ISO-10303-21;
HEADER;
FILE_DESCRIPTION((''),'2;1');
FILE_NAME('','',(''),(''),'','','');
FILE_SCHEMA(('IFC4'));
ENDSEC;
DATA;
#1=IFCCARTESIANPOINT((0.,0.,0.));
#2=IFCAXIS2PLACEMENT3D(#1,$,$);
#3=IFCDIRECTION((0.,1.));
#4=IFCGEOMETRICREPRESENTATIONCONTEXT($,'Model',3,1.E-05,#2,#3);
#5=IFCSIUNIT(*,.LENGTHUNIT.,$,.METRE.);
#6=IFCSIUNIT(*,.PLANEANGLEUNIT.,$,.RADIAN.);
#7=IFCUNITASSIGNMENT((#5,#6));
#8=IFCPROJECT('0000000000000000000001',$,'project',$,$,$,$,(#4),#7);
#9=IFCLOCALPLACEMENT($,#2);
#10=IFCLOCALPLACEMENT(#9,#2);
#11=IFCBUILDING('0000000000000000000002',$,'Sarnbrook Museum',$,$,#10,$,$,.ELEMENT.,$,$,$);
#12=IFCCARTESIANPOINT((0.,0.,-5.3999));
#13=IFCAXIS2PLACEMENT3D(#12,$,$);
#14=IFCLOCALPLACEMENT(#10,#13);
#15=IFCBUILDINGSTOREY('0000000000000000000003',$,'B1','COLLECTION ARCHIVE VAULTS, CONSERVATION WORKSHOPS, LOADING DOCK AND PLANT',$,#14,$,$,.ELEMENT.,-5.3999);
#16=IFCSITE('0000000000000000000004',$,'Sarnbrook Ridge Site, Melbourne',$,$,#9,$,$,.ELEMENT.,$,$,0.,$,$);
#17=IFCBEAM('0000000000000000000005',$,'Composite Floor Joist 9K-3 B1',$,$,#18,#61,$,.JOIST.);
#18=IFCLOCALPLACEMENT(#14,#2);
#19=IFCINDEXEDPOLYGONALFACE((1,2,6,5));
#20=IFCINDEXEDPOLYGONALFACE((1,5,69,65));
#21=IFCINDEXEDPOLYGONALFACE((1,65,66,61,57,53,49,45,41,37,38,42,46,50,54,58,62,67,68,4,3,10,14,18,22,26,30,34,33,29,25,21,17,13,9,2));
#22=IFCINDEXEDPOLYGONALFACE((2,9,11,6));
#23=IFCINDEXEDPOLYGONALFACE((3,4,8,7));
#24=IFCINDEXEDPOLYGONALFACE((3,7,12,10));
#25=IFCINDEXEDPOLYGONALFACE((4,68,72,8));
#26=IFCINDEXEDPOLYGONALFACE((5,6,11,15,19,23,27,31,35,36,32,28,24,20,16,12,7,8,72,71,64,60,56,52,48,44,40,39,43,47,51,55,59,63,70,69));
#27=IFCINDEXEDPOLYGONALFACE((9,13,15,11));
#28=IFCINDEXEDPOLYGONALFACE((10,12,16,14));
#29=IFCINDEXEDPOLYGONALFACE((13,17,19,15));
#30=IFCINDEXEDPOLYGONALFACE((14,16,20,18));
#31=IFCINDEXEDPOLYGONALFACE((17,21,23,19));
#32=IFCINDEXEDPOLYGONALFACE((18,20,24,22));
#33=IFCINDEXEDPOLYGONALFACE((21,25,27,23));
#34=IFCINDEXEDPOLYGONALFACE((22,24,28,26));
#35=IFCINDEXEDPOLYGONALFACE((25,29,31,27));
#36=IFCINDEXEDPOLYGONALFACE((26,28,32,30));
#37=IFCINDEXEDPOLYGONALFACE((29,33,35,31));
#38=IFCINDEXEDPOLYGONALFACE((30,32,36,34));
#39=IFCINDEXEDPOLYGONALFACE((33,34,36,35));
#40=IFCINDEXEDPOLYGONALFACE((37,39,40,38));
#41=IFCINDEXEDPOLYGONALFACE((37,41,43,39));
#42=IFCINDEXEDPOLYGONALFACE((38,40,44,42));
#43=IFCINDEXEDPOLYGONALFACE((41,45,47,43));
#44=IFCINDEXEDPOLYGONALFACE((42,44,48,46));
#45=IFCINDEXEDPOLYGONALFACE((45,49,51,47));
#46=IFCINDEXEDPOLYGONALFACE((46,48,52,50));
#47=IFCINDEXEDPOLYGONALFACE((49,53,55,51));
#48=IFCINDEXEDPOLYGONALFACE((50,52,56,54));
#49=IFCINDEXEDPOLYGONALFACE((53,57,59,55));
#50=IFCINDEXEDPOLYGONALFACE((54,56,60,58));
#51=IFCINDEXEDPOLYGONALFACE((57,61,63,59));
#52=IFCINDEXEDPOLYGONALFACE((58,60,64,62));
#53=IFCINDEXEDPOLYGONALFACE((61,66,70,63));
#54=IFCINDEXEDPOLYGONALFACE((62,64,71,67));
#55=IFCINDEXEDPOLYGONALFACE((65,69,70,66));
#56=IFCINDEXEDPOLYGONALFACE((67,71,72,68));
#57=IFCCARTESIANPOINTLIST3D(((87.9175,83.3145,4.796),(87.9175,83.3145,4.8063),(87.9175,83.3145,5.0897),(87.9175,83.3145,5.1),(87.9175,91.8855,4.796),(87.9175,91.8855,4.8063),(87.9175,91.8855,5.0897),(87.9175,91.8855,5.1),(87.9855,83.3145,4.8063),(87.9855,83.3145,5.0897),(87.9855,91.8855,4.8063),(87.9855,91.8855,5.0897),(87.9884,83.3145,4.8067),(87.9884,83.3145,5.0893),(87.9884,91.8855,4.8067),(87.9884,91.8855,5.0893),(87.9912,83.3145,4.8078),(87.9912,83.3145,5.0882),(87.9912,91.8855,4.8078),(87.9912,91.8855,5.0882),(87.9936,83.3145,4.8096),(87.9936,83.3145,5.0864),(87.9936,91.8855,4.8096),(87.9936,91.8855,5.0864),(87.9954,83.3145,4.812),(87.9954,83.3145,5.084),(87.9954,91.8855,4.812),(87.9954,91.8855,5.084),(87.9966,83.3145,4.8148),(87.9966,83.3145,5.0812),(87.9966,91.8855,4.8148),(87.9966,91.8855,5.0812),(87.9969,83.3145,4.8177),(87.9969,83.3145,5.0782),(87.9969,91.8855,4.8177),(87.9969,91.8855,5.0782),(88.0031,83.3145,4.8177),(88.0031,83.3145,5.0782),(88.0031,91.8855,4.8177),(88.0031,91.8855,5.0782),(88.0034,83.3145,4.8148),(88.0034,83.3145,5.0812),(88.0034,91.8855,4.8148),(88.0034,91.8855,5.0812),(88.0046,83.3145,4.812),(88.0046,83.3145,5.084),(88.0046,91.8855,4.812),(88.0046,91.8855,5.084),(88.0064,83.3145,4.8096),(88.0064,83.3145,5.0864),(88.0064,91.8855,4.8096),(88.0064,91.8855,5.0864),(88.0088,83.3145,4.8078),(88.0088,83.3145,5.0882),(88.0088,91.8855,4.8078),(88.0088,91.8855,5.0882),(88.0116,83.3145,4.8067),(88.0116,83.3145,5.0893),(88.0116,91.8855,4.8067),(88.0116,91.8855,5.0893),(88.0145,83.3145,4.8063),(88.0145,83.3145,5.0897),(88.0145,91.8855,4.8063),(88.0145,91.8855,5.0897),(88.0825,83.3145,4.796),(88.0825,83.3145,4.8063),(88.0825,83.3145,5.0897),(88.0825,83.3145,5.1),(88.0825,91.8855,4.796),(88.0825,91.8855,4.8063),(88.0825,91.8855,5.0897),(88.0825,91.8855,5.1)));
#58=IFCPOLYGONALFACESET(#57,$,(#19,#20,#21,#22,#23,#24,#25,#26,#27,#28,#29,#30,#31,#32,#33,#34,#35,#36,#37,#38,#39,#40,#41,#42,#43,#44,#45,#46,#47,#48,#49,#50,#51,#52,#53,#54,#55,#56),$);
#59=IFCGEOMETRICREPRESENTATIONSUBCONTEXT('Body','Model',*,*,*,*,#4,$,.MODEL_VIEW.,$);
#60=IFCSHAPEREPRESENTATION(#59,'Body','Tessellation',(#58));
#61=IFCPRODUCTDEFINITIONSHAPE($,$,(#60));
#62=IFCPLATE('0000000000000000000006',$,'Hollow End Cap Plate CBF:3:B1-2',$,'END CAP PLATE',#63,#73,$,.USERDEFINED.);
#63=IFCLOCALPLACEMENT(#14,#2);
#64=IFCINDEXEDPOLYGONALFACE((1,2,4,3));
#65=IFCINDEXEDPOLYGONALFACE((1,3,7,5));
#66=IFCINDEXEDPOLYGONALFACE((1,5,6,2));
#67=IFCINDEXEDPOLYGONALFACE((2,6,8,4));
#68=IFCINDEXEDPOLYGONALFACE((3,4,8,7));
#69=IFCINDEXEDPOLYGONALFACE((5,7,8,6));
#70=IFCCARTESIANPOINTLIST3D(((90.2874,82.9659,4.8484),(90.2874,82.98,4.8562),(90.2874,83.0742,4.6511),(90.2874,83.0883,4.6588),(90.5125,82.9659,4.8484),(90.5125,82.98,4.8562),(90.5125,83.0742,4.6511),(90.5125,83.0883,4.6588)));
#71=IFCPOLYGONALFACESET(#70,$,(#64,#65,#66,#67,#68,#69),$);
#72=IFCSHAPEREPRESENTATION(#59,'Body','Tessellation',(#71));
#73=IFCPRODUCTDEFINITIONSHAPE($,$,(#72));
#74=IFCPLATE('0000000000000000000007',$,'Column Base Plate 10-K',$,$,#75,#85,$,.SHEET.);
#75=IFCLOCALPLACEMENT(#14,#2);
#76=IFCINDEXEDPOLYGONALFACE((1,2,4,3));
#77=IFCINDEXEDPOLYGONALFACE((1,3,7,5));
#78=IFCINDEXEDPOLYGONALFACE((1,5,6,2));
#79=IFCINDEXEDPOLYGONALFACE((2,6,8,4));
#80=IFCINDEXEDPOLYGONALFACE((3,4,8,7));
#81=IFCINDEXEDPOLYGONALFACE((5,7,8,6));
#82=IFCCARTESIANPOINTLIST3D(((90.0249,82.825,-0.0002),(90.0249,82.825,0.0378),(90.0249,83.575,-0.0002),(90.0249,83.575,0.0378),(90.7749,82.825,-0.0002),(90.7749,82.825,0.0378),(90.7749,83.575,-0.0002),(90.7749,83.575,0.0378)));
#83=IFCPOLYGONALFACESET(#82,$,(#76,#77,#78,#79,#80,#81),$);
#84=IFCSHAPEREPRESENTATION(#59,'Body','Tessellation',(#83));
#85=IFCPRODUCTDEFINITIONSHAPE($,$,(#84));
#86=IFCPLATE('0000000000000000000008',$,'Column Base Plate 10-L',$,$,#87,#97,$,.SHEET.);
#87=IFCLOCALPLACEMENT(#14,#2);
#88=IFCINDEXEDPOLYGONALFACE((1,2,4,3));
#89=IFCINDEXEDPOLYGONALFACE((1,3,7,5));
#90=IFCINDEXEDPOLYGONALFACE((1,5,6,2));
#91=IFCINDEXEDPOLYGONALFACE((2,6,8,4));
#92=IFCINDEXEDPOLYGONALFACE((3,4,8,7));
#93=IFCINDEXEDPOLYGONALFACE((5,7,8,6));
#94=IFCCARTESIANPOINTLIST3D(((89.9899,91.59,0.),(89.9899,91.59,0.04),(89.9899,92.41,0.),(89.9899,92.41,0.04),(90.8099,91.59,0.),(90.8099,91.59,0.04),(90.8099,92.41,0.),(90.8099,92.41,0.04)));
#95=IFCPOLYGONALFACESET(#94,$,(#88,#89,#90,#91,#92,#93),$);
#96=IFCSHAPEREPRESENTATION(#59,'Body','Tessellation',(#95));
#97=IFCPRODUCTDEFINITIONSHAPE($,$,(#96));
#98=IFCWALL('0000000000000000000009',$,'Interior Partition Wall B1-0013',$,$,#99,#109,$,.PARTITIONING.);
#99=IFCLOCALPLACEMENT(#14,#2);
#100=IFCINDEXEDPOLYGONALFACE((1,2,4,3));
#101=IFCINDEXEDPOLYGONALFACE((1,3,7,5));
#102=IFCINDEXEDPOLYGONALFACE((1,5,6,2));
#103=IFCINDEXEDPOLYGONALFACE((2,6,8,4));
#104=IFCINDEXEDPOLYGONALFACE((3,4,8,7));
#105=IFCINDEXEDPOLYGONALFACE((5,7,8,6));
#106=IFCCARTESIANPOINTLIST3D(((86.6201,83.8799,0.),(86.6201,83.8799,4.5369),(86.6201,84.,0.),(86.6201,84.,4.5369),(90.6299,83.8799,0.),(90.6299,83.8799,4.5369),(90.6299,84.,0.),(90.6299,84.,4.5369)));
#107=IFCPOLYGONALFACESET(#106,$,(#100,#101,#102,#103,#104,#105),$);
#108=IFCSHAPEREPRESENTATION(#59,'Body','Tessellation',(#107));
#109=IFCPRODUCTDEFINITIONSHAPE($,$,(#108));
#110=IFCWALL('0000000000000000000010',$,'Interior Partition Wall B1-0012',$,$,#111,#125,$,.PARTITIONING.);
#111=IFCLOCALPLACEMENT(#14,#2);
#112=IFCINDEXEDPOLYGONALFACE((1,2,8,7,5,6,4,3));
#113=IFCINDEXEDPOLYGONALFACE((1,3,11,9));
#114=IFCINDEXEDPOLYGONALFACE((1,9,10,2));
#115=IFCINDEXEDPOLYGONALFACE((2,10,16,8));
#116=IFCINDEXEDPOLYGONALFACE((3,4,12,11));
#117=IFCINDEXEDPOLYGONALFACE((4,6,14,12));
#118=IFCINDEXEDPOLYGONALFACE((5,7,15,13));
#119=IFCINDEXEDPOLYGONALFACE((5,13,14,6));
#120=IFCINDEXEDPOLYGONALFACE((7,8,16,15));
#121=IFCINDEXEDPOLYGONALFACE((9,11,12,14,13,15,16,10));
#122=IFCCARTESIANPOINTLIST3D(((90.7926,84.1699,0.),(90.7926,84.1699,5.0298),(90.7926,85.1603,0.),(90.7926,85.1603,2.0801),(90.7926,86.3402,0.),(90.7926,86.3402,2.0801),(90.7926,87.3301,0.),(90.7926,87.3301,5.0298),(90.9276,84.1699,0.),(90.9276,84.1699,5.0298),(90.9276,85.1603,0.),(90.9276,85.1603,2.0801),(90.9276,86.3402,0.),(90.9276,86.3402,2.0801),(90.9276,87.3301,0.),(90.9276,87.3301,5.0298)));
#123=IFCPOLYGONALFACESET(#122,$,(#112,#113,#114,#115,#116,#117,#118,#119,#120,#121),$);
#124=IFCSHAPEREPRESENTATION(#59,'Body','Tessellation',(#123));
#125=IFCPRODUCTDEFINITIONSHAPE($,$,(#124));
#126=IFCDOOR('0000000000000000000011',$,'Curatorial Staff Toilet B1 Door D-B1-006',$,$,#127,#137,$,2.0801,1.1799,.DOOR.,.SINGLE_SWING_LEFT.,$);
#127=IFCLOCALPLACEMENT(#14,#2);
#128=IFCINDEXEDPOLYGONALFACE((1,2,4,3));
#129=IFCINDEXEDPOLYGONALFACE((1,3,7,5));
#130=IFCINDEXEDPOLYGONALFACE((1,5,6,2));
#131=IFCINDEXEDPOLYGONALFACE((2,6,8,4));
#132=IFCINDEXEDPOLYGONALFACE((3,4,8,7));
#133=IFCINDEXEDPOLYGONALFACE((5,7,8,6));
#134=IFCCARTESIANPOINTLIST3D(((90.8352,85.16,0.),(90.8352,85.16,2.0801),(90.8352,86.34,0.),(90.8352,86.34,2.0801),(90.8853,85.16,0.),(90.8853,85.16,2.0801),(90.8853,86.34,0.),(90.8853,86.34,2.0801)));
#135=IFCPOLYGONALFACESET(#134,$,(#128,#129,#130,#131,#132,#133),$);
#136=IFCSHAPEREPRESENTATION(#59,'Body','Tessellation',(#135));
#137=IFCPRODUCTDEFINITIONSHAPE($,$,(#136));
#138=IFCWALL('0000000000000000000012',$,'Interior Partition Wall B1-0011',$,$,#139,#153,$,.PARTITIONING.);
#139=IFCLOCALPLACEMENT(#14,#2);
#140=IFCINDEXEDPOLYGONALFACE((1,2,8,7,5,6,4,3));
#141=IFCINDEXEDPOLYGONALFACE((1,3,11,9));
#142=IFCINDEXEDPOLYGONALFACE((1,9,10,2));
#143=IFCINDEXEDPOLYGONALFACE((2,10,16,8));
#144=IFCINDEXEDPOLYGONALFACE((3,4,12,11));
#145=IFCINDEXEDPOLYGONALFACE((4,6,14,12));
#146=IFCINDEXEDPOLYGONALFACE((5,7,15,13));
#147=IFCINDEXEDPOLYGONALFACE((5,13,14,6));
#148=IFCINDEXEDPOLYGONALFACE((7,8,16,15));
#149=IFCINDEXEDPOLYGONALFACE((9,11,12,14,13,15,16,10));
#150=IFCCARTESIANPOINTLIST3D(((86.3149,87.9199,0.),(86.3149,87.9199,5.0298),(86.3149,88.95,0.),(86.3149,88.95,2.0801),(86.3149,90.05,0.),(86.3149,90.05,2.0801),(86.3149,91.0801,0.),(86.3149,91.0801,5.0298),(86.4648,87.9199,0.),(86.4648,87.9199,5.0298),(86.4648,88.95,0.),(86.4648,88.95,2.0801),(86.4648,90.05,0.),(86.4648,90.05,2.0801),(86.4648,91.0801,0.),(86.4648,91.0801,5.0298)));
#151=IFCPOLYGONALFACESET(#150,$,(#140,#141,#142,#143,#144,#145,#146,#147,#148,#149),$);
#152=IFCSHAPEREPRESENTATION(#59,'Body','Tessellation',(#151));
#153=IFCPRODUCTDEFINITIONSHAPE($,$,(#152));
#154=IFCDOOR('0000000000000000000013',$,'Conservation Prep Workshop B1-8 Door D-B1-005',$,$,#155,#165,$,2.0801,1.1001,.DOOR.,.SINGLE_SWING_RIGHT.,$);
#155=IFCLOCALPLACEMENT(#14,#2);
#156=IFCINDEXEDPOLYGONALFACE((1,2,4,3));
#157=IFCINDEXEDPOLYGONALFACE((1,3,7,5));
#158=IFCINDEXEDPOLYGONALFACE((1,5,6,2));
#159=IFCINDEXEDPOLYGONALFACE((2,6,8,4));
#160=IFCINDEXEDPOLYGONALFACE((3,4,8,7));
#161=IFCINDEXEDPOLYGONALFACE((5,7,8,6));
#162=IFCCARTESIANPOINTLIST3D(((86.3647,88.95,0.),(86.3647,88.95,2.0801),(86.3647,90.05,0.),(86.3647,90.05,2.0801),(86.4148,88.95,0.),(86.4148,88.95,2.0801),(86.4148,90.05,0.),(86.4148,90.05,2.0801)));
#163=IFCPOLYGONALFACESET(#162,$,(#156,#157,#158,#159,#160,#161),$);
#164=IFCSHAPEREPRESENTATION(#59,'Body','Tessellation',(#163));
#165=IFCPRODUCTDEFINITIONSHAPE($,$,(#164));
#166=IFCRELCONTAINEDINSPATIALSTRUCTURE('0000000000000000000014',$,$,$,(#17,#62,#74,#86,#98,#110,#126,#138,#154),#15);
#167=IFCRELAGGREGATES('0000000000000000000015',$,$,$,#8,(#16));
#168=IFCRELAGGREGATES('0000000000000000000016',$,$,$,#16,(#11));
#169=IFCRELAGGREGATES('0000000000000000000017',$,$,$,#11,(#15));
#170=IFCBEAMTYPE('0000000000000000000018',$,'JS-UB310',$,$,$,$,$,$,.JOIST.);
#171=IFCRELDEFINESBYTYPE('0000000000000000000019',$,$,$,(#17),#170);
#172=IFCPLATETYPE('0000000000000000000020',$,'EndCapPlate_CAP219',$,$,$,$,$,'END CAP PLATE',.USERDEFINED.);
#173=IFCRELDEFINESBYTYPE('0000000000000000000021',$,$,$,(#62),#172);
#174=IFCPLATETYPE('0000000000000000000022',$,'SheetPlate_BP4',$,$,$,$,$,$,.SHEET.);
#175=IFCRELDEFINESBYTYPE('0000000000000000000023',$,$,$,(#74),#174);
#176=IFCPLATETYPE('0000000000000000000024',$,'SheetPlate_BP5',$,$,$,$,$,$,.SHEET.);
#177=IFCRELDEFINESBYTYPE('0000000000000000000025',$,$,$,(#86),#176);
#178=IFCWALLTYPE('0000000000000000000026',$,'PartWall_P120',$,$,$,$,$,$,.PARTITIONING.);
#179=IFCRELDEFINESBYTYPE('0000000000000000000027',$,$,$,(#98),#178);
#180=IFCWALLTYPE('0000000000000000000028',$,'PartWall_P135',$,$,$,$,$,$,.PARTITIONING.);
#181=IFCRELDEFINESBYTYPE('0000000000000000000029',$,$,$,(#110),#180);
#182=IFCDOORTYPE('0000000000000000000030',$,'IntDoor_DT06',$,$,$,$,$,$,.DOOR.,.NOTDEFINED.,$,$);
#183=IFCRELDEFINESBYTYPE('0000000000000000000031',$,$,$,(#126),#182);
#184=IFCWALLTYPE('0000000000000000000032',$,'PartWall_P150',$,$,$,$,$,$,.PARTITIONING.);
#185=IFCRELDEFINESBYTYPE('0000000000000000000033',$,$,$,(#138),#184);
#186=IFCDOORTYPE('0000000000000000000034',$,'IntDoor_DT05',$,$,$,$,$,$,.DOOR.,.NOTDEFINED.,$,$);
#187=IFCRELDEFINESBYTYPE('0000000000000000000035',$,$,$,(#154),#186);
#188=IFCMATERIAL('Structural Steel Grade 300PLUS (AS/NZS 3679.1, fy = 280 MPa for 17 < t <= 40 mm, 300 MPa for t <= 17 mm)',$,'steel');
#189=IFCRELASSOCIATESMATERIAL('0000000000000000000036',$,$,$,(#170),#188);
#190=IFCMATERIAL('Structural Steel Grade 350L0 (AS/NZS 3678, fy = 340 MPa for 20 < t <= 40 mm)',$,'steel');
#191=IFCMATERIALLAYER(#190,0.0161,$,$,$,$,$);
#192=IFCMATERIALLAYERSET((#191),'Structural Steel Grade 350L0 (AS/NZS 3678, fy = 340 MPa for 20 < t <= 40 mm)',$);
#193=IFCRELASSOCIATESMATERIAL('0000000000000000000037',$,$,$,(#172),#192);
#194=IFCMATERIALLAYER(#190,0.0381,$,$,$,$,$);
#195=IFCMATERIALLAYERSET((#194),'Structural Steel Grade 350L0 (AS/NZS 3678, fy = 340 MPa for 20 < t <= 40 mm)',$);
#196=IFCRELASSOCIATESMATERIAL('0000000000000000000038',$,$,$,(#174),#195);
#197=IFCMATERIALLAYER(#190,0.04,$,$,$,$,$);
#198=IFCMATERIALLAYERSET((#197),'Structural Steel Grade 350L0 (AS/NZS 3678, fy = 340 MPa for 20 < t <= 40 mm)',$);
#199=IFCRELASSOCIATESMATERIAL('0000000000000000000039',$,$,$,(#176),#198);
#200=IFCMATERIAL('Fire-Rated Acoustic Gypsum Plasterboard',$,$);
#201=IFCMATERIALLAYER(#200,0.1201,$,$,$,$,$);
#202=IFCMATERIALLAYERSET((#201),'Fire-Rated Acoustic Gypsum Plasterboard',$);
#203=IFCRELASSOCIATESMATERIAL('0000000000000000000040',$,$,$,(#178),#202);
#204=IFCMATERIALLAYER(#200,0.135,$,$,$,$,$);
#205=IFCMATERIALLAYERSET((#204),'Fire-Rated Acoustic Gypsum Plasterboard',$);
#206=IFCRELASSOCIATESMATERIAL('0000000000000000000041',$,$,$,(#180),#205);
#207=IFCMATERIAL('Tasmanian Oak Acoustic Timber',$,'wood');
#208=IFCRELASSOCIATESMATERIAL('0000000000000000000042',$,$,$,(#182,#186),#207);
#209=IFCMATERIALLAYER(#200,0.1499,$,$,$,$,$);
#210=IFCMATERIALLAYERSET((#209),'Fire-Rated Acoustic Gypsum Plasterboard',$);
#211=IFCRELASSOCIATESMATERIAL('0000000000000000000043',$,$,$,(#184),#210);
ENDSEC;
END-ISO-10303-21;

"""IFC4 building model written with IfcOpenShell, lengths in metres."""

from ifc_helpers import new_model, si_unit, direction, frame, frame_2d, origin, origin_2d, place, context, subcontext, project, spatial, rectangle, i_section, extrude, material, layer, layer_set, material_profile, profile_set, type_object, element, fill, save


model = new_model("IFC4")

# Units and contexts
model_context = context("Model", 3, precision=1e-05, world=origin(), true_north=direction((0.0, 1.0)))
body_context = subcontext(model_context, "Body", "Model", "MODEL_VIEW")
ifc_project = project(units=[si_unit("LENGTHUNIT", "METRE"), si_unit("PLANEANGLEUNIT", "RADIAN")], contexts=[model_context])

# Site, building, storey
site_placement = place(None, origin())
site = spatial("IfcSite", under=ifc_project, at=site_placement, Name="Sarnbrook Ridge Site, Melbourne", CompositionType="ELEMENT", RefElevation=0.0)
building_placement = place(site_placement, origin())
building = spatial("IfcBuilding", under=site, at=building_placement, Name="Sarnbrook Museum", CompositionType="ELEMENT")
storey_placement = place(building_placement, frame((0.0, 0.0, -5.3999)))
storey = spatial("IfcBuildingStorey", under=building, at=storey_placement, Name="B1", Description="COLLECTION ARCHIVE VAULTS, CONSERVATION WORKSHOPS, LOADING DOCK AND PLANT", CompositionType="ELEMENT", Elevation=-5.3999)

# Shared definitions
ifc_material_1 = material(Name="Structural Steel Grade 350L0 (AS/NZS 3678, fy = 340 MPa for 20 < t <= 40 mm)", Category="steel")

# Beam
ifc_material_2 = material(Name="Structural Steel Grade 300PLUS (AS/NZS 3679.1, fy = 280 MPa for 17 < t <= 40 mm, 300 MPa for t <= 17 mm)", Category="steel")
ifc_material_profile_1 = material_profile(ifc_material_2, i_section(OverallWidth=0.165, OverallDepth=0.304, WebThickness=0.0061, FlangeThickness=0.0103, FilletRadius=0.0115, at=origin_2d()), Name="310UB40.4")
ifc_profile_set_1 = profile_set([ifc_material_profile_1], Name="Structural Steel Grade 300PLUS (AS/NZS 3679.1, fy = 280 MPa for 17 < t <= 40 mm, 300 MPa for t <= 17 mm)")
beam_type_1 = type_object("IfcBeamType", Name="JS-UB310", PredefinedType="JOIST", material=ifc_profile_set_1)
for number, where, z_axis, x_axis, name in (
    (1, (88.0, 83.3145, 4.948), (0.0, 1.0, 0.0), (-1.0, 0.0, 0.0), "Composite Floor Joist 9K-3 B1"),
):
    element("IfcBeam", number, at=place(storey_placement, frame(where, z_axis=z_axis, x_axis=x_axis)), inside=storey, type_object=beam_type_1, Name=name, PredefinedType="JOIST", context=body_context, shape_type="SweptSolid", body=[
        extrude(i_section(OverallWidth=0.165, OverallDepth=0.304, WebThickness=0.0061, FlangeThickness=0.0103, FilletRadius=0.0115, at=origin_2d()), origin(), (0.0, 0.0, 1.0), 8.571),
    ])

# Plates
ifc_layer_1 = layer(ifc_material_1, 0.0161)
ifc_layer_set_1 = layer_set([ifc_layer_1], Name="Structural Steel Grade 350L0 (AS/NZS 3678, fy = 340 MPa for 20 < t <= 40 mm)")
plate_type_1 = type_object("IfcPlateType", Name="EndCapPlate_CAP219", ElementType="END CAP PLATE", PredefinedType="USERDEFINED", material=ifc_layer_set_1)
plate_1_placement = place(storey_placement, frame((90.3999, 83.02, 4.7498), z_axis=(0.0, 0.876742, 0.480961), x_axis=(-1.0, 0.0, 0.0)))
element("IfcPlate", 2, at=plate_1_placement, inside=storey, type_object=plate_type_1, Name="Hollow End Cap Plate CBF:3:B1-2", ObjectType="END CAP PLATE", PredefinedType="USERDEFINED", context=body_context, shape_type="SweptSolid", body=[
    extrude(rectangle(XDim=0.2251, YDim=0.2251, at=origin_2d()), origin(), (0.0, 0.0, 1.0), 0.0161),
])
ifc_layer_2 = layer(ifc_material_1, 0.0381)
ifc_layer_set_2 = layer_set([ifc_layer_2], Name="Structural Steel Grade 350L0 (AS/NZS 3678, fy = 340 MPa for 20 < t <= 40 mm)")
plate_type_2 = type_object("IfcPlateType", Name="SheetPlate_BP4", PredefinedType="SHEET", material=ifc_layer_set_2)
plate_2_placement = place(storey_placement, frame((90.3999, 83.2, -0.0002), z_axis=(0.0, 0.0, 1.0), x_axis=(1.0, 0.0, 0.0)))
element("IfcPlate", 3, at=plate_2_placement, inside=storey, type_object=plate_type_2, Name="Column Base Plate 10-K", PredefinedType="SHEET", context=body_context, shape_type="SweptSolid", body=[
    extrude(rectangle(XDim=0.75, YDim=0.75, at=origin_2d()), origin(), (0.0, 0.0, 1.0), 0.0381),
])
ifc_layer_3 = layer(ifc_material_1, 0.04)
ifc_layer_set_3 = layer_set([ifc_layer_3], Name="Structural Steel Grade 350L0 (AS/NZS 3678, fy = 340 MPa for 20 < t <= 40 mm)")
plate_type_3 = type_object("IfcPlateType", Name="SheetPlate_BP5", PredefinedType="SHEET", material=ifc_layer_set_3)
plate_3_placement = place(storey_placement, frame((90.3999, 92.0, 0.0), z_axis=(0.0, 0.0, 1.0), x_axis=(1.0, 0.0, 0.0)))
element("IfcPlate", 4, at=plate_3_placement, inside=storey, type_object=plate_type_3, Name="Column Base Plate 10-L", PredefinedType="SHEET", context=body_context, shape_type="SweptSolid", body=[
    extrude(rectangle(XDim=0.8201, YDim=0.8201, at=origin_2d()), origin(), (0.0, 0.0, 1.0), 0.04),
])

# Wall
ifc_material_3 = material(Name="Fire-Rated Acoustic Gypsum Plasterboard")
ifc_layer_4 = layer(ifc_material_3, 0.1201)
ifc_layer_set_4 = layer_set([ifc_layer_4], Name="Fire-Rated Acoustic Gypsum Plasterboard")
wall_type_1 = type_object("IfcWallType", Name="PartWall_P120", PredefinedType="PARTITIONING", material=ifc_layer_set_4)
wall_1_placement = place(storey_placement, frame((90.6299, 83.9399, 0.0), z_axis=(0.0, 0.0, 1.0), x_axis=(-1.0, 0.0, 0.0)))
element("IfcWall", 5, at=wall_1_placement, inside=storey, type_object=wall_type_1, Name="Interior Partition Wall B1-0013", PredefinedType="PARTITIONING", context=body_context, shape_type="SweptSolid", body=[
    extrude(rectangle(XDim=4.0098, YDim=0.1201, at=frame_2d((2.0049, 0.0))), origin(), (0.0, 0.0, 1.0), 4.5369),
])

# Walls, openings, doors
ifc_layer_5 = layer(ifc_material_3, 0.135)
ifc_layer_set_5 = layer_set([ifc_layer_5], Name="Fire-Rated Acoustic Gypsum Plasterboard")
wall_type_2 = type_object("IfcWallType", Name="PartWall_P135", PredefinedType="PARTITIONING", material=ifc_layer_set_5)
wall_2_placement = place(storey_placement, frame((90.8601, 87.3301, 0.0), z_axis=(0.0, 0.0, 1.0), x_axis=(0.0, -1.0, 0.0)))
wall_2 = element("IfcWall", 6, at=wall_2_placement, inside=storey, type_object=wall_type_2, Name="Interior Partition Wall B1-0012", PredefinedType="PARTITIONING", context=body_context, shape_type="SweptSolid", body=[
    extrude(rectangle(XDim=3.1602, YDim=0.135, at=frame_2d((1.5801, 0.0))), origin(), (0.0, 0.0, 1.0), 5.0298),
])
opening_1_placement = place(wall_2_placement, frame((0.99, 0.0, 0.0)))
opening_1 = element("IfcOpeningElement", 7, at=opening_1_placement, cuts=wall_2, PredefinedType="OPENING", context=body_context, shape_type="SweptSolid", body=[
    extrude(rectangle(XDim=1.1799, YDim=2.0801, at=frame_2d((0.5898, 1.04))), frame((0.0, 0.0776, 0.0), z_axis=(0.0, -1.0, 0.0), x_axis=(1.0, 0.0, 0.0)), (0.0, 0.0, 1.0), 0.155),
])
ifc_material_4 = material(Name="Tasmanian Oak Acoustic Timber", Category="wood")
door_type_1 = type_object("IfcDoorType", Name="IntDoor_DT06", OperationType="NOTDEFINED", PredefinedType="DOOR", material=ifc_material_4)
door_1_placement = place(opening_1_placement, frame((1.1799, 0.0, 0.0), z_axis=(0.0, 0.0, 1.0), x_axis=(-1.0, 0.0, 0.0)))
door_1 = element("IfcDoor", 8, at=door_1_placement, inside=storey, type_object=door_type_1, Name="Curatorial Staff Toilet B1 Door D-B1-006", OperationType="SINGLE_SWING_LEFT", OverallHeight=2.0801, OverallWidth=1.1799, PredefinedType="DOOR", context=body_context, shape_type="SweptSolid", body=[
    extrude(rectangle(XDim=1.1799, YDim=2.0801, at=frame_2d((0.5898, 1.04))), frame((0.0, 0.0249, 0.0), z_axis=(0.0, -1.0, 0.0), x_axis=(1.0, 0.0, 0.0)), (0.0, 0.0, 1.0), 0.05),
])
fill(opening_1, door_1)
ifc_layer_6 = layer(ifc_material_3, 0.1499)
ifc_layer_set_6 = layer_set([ifc_layer_6], Name="Fire-Rated Acoustic Gypsum Plasterboard")
wall_type_3 = type_object("IfcWallType", Name="PartWall_P150", PredefinedType="PARTITIONING", material=ifc_layer_set_6)
wall_3_placement = place(storey_placement, frame((86.3899, 87.9199, 0.0), z_axis=(0.0, 0.0, 1.0), x_axis=(0.0, 1.0, 0.0)))
wall_3 = element("IfcWall", 9, at=wall_3_placement, inside=storey, type_object=wall_type_3, Name="Interior Partition Wall B1-0011", PredefinedType="PARTITIONING", context=body_context, shape_type="SweptSolid", body=[
    extrude(rectangle(XDim=3.1602, YDim=0.1499, at=frame_2d((1.5801, 0.0))), origin(), (0.0, 0.0, 1.0), 5.0298),
])
opening_2_placement = place(wall_3_placement, frame((1.03, 0.0, 0.0)))
opening_2 = element("IfcOpeningElement", 10, at=opening_2_placement, cuts=wall_3, PredefinedType="OPENING", context=body_context, shape_type="SweptSolid", body=[
    extrude(rectangle(XDim=1.1001, YDim=2.0801, at=frame_2d((0.55, 1.04))), frame((0.0, 0.085, 0.0), z_axis=(0.0, -1.0, 0.0), x_axis=(1.0, 0.0, 0.0)), (0.0, 0.0, 1.0), 0.1699),
])
door_type_2 = type_object("IfcDoorType", Name="IntDoor_DT05", OperationType="NOTDEFINED", PredefinedType="DOOR", material=ifc_material_4)
door_2_placement = place(opening_2_placement, frame((1.1001, 0.0, 0.0), z_axis=(0.0, 0.0, 1.0), x_axis=(-1.0, 0.0, 0.0)))
door_2 = element("IfcDoor", 11, at=door_2_placement, inside=storey, type_object=door_type_2, Name="Conservation Prep Workshop B1-8 Door D-B1-005", OperationType="SINGLE_SWING_RIGHT", OverallHeight=2.0801, OverallWidth=1.1001, PredefinedType="DOOR", context=body_context, shape_type="SweptSolid", body=[
    extrude(rectangle(XDim=1.1001, YDim=2.0801, at=frame_2d((0.55, 1.04))), frame((0.0, 0.0249, 0.0), z_axis=(0.0, -1.0, 0.0), x_axis=(1.0, 0.0, 0.0)), (0.0, 0.0, 1.0), 0.05),
])
fill(opening_2, door_2)

save(model, "model.ifc")
